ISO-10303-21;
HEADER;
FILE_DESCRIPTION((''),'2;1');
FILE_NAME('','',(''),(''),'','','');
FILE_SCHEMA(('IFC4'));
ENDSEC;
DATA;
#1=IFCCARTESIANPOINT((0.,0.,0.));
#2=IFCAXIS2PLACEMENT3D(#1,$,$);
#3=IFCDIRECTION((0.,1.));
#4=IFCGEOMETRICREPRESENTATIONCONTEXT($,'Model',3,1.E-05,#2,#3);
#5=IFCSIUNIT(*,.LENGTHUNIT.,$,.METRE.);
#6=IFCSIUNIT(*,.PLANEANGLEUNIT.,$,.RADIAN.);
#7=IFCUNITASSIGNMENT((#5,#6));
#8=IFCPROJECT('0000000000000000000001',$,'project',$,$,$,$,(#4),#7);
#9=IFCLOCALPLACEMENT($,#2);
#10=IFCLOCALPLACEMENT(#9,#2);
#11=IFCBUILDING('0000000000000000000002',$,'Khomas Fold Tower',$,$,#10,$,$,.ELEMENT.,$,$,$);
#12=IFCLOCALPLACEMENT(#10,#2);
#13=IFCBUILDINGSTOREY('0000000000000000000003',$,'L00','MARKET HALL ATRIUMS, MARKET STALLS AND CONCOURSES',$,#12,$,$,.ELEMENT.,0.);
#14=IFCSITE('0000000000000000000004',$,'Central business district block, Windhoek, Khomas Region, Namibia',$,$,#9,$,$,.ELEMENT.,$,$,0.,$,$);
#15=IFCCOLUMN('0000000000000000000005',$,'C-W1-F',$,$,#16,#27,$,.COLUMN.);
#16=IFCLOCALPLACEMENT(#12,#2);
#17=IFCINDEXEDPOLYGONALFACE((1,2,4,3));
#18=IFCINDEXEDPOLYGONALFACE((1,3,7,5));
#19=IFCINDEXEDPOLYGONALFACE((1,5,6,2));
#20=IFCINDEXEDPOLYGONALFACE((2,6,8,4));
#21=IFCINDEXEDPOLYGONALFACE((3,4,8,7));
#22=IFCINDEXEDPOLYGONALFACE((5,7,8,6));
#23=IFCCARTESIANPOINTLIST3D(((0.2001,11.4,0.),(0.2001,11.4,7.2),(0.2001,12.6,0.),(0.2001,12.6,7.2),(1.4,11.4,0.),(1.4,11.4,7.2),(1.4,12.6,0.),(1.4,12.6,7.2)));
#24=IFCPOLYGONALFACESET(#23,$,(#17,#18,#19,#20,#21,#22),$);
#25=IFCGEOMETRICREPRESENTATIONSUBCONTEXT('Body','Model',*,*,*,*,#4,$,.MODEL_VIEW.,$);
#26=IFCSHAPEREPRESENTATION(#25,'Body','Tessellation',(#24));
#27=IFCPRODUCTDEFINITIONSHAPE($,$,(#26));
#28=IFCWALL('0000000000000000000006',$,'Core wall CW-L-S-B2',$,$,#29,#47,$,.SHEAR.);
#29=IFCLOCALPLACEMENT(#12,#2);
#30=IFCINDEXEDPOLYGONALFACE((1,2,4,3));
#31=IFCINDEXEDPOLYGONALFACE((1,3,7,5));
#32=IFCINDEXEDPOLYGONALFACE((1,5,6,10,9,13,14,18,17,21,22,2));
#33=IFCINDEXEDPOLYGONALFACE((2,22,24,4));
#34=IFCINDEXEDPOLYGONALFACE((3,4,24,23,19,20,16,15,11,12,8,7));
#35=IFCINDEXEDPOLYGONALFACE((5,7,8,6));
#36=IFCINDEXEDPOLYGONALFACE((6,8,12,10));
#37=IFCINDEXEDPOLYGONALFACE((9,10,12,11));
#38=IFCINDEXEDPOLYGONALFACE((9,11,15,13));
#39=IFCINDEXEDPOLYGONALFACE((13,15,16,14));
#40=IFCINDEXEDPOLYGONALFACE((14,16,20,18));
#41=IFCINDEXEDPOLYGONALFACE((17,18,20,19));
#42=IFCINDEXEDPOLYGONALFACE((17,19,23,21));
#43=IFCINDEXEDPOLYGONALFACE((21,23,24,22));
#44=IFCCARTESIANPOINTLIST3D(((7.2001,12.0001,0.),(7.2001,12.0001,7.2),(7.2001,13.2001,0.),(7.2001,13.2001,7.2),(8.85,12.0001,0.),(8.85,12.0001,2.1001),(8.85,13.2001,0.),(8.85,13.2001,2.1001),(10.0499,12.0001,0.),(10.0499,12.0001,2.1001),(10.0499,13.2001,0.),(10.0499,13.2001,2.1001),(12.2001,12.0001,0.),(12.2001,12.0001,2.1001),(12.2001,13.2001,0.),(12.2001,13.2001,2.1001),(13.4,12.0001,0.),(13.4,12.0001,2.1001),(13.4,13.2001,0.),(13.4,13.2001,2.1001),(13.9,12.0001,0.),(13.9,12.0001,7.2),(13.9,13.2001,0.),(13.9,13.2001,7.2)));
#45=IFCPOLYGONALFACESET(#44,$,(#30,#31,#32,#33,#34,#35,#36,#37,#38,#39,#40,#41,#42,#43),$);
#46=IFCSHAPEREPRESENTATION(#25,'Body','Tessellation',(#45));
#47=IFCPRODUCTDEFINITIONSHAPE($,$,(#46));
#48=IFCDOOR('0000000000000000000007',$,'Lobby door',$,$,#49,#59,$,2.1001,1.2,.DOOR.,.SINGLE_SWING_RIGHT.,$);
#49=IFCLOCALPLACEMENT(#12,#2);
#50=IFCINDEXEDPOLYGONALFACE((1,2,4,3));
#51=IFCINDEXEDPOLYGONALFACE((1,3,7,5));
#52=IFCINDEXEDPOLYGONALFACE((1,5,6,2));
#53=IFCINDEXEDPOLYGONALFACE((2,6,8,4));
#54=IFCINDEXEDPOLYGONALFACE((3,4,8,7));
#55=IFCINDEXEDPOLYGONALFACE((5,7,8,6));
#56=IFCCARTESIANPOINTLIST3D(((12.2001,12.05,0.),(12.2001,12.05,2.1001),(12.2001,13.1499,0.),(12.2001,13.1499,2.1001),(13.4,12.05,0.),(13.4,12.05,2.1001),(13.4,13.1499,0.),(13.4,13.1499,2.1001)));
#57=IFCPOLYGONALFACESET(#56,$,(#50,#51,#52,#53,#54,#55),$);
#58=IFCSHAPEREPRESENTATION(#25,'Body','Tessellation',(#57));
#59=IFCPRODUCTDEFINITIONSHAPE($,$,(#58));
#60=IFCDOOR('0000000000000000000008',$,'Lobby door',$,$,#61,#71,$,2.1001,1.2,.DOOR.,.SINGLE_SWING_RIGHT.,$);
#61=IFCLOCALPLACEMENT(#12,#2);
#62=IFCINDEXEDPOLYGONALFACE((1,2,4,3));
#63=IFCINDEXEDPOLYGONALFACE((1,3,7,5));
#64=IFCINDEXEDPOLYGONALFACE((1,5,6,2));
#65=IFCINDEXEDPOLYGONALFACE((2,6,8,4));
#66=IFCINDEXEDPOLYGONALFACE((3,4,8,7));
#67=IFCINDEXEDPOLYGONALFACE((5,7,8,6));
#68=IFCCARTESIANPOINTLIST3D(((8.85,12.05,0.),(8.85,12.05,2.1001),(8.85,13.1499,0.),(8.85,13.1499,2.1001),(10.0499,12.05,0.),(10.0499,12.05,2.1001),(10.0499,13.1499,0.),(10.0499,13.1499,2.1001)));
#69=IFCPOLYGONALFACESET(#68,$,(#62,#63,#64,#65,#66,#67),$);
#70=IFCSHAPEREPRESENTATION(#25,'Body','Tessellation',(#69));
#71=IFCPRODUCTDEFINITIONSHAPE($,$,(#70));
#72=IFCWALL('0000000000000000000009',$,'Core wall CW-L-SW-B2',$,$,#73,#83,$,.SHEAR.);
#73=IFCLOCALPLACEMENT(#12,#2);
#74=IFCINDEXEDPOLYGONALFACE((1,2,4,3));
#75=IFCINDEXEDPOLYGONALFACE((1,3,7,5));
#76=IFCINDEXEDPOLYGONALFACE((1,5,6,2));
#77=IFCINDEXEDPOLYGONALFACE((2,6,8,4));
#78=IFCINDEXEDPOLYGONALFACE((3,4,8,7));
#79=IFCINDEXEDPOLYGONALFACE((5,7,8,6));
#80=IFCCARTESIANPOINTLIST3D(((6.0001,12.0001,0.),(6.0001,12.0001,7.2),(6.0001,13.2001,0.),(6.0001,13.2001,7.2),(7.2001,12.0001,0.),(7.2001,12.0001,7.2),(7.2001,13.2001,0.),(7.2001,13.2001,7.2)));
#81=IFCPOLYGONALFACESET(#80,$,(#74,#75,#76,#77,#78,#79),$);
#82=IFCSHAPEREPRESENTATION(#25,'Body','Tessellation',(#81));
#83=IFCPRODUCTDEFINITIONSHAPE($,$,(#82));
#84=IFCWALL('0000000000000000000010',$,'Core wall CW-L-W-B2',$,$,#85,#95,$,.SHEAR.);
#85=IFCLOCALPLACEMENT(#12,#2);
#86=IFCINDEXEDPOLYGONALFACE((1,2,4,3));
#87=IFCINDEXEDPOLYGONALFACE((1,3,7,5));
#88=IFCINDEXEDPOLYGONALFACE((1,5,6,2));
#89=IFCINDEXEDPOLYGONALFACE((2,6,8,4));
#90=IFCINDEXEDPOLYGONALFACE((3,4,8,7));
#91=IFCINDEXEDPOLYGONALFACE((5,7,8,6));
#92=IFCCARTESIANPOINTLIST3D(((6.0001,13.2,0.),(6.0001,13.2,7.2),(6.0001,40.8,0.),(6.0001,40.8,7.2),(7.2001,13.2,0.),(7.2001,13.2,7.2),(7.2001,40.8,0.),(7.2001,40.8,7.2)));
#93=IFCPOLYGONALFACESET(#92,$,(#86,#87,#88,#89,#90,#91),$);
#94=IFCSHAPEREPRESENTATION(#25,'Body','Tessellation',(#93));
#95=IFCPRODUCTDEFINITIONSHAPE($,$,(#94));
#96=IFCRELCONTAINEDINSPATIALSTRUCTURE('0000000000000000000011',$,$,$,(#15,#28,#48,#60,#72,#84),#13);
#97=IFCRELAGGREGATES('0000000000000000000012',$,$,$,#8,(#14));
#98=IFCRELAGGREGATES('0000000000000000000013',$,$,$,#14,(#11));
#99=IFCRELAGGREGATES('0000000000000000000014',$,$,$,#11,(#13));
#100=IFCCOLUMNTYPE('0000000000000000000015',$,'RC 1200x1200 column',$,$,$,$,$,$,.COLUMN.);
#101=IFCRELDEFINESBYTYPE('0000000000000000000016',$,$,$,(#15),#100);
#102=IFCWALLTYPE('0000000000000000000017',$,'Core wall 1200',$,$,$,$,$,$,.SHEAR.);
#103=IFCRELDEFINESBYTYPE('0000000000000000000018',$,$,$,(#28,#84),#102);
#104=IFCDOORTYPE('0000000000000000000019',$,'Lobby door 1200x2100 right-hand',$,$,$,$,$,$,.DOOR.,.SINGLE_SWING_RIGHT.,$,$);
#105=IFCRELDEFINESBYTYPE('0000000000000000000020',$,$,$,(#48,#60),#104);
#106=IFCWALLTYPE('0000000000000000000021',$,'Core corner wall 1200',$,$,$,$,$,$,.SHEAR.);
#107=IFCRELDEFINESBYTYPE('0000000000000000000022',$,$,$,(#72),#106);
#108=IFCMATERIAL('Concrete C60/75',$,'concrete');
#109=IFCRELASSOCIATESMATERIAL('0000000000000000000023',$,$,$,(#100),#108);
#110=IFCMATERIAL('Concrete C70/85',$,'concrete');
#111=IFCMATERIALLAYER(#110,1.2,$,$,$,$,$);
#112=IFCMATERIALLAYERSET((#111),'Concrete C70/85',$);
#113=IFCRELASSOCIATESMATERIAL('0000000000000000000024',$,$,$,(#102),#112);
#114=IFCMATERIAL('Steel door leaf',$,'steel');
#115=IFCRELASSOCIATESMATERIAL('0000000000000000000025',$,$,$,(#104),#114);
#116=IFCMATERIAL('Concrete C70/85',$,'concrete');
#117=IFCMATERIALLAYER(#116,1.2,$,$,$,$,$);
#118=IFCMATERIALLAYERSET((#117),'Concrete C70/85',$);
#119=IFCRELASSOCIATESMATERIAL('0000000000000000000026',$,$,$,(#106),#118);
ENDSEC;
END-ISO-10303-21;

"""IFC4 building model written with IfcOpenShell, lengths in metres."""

from ifc_helpers import new_model, si_unit, direction, frame, frame_2d, origin, origin_2d, place, context, subcontext, project, spatial, rectangle, extrude, source, transform, mapped, material, layer, layer_set, material_profile, profile_set, type_object, element, fill, save


model = new_model("IFC4")

# Units and contexts
model_context = context("Model", 3, precision=1e-05, world=origin(), true_north=direction((0.0, 1.0)))
body_context = subcontext(model_context, "Body", "Model", "MODEL_VIEW")
ifc_project = project(units=[si_unit("LENGTHUNIT", "METRE"), si_unit("PLANEANGLEUNIT", "RADIAN")], contexts=[model_context])

# Site, building, storey
site_placement = place(None, origin())
site = spatial("IfcSite", under=ifc_project, at=site_placement, Name="Central business district block, Windhoek, Khomas Region, Namibia", CompositionType="ELEMENT", RefElevation=0.0)
building_placement = place(site_placement, origin())
building = spatial("IfcBuilding", under=site, at=building_placement, Name="Khomas Fold Tower", CompositionType="ELEMENT")
storey_placement = place(building_placement, origin())
storey = spatial("IfcBuildingStorey", under=building, at=storey_placement, Name="L00", Description="MARKET HALL ATRIUMS, MARKET STALLS AND CONCOURSES", CompositionType="ELEMENT", Elevation=0.0)

# Column
ifc_material_1 = material(Name="Concrete C60/75", Category="concrete")
ifc_material_profile = material_profile(ifc_material_1, rectangle(XDim=1.2, YDim=1.2, at=origin_2d()), Name="RC 1200x1200")
ifc_profile_set = profile_set([ifc_material_profile], Name="Concrete C60/75")
column_type = type_object("IfcColumnType", Name="RC 1200x1200 column", PredefinedType="COLUMN", material=ifc_profile_set)
shared_shape_1 = source(origin(), body_context, "Body", "SweptSolid", [
    extrude(rectangle(XDim=1.2, YDim=1.2, at=origin_2d()), origin(), (0.0, 0.0, 1.0), 7.2),
])
column_placement = place(storey_placement, frame((0.8, 12.0, 0.0), z_axis=(0.0, 0.0, 1.0), x_axis=(1.0, 0.0, 0.0)))
element("IfcColumn", 1, at=column_placement, inside=storey, type_object=column_type, Name="C-W1-F", PredefinedType="COLUMN", context=body_context, shape_type="MappedRepresentation", body=[
    mapped(shared_shape_1, transform((0.0, 0.0, 0.0))),
])

# Wall, openings, doors
ifc_material_2 = material(Name="Concrete C70/85", Category="concrete")
ifc_layer_1 = layer(ifc_material_2, 1.2)
ifc_layer_set_1 = layer_set([ifc_layer_1], Name="Concrete C70/85")
wall_type_1 = type_object("IfcWallType", Name="Core wall 1200", PredefinedType="SHEAR", material=ifc_layer_set_1)
shared_shape_2 = source(origin(), body_context, "Body", "SweptSolid", [
    extrude(rectangle(XDim=6.7, YDim=1.2, at=frame_2d((3.3501, 0.0))), origin(), (0.0, 0.0, 1.0), 7.2),
])
wall_1_placement = place(storey_placement, frame((7.2, 12.6001, 0.0), z_axis=(0.0, 0.0, 1.0), x_axis=(1.0, 0.0, 0.0)))
wall_1 = element("IfcWall", 2, at=wall_1_placement, inside=storey, type_object=wall_type_1, Name="Core wall CW-L-S-B2", PredefinedType="SHEAR", context=body_context, shape_type="MappedRepresentation", body=[
    mapped(shared_shape_2, transform((0.0, 0.0, 0.0))),
])
shared_shape_3 = source(origin(), body_context, "Body", "SweptSolid", [
    extrude(rectangle(XDim=1.2, YDim=2.1001, at=frame_2d((0.6001, 1.05))), frame((0.0, 0.6099, 0.0), z_axis=(0.0, -1.0, 0.0), x_axis=(1.0, 0.0, 0.0)), (0.0, 0.0, 1.0), 1.22),
])
opening_1_placement = place(wall_1_placement, frame((5.0, 0.0, 0.0)))
opening_1 = element("IfcOpeningElement", 3, at=opening_1_placement, cuts=wall_1, PredefinedType="OPENING", context=body_context, shape_type="MappedRepresentation", body=[
    mapped(shared_shape_3, transform((0.0, 0.0, 0.0))),
])
opening_2_placement = place(wall_1_placement, frame((1.6499, 0.0, 0.0)))
opening_2 = element("IfcOpeningElement", 4, at=opening_2_placement, cuts=wall_1, PredefinedType="OPENING", context=body_context, shape_type="MappedRepresentation", body=[
    mapped(shared_shape_3, transform((0.0, 0.0, 0.0))),
])
ifc_material_3 = material(Name="Steel door leaf", Category="steel")
door_type_1 = type_object("IfcDoorType", Name="Lobby door 1200x2100 right-hand", OperationType="SINGLE_SWING_RIGHT", PredefinedType="DOOR", material=ifc_material_3)
shared_shape_4 = source(origin(), body_context, "Body", "SweptSolid", [
    extrude(rectangle(XDim=1.2, YDim=2.1001, at=frame_2d((0.6001, 1.05))), frame((0.0, 0.5498, 0.0), z_axis=(0.0, -1.0, 0.0), x_axis=(1.0, 0.0, 0.0)), (0.0, 0.0, 1.0), 1.0999),
])
door_1_placement = place(opening_1_placement, origin())
door_1 = element("IfcDoor", 5, at=door_1_placement, inside=storey, type_object=door_type_1, Name="Lobby door", OperationType="SINGLE_SWING_RIGHT", OverallHeight=2.1001, OverallWidth=1.2, PredefinedType="DOOR", context=body_context, shape_type="MappedRepresentation", body=[
    mapped(shared_shape_4, transform((0.0, 0.0, 0.0))),
])
fill(opening_1, door_1)
door_2_placement = place(opening_2_placement, origin())
door_2 = element("IfcDoor", 6, at=door_2_placement, inside=storey, type_object=door_type_1, Name="Lobby door", OperationType="SINGLE_SWING_RIGHT", OverallHeight=2.1001, OverallWidth=1.2, PredefinedType="DOOR", context=body_context, shape_type="MappedRepresentation", body=[
    mapped(shared_shape_4, transform((0.0, 0.0, 0.0))),
])
fill(opening_2, door_2)

# Walls
ifc_material_4 = material(Name="Concrete C70/85", Category="concrete")
ifc_layer_2 = layer(ifc_material_4, 1.2)
ifc_layer_set_2 = layer_set([ifc_layer_2], Name="Concrete C70/85")
wall_type_2 = type_object("IfcWallType", Name="Core corner wall 1200", PredefinedType="SHEAR", material=ifc_layer_set_2)
shared_shape_5 = source(origin(), body_context, "Body", "SweptSolid", [
    extrude(rectangle(XDim=1.2, YDim=1.2, at=frame_2d((0.6001, 0.0))), origin(), (0.0, 0.0, 1.0), 7.2),
])
wall_2_placement = place(storey_placement, frame((6.0, 12.6001, 0.0), z_axis=(0.0, 0.0, 1.0), x_axis=(1.0, 0.0, 0.0)))
element("IfcWall", 7, at=wall_2_placement, inside=storey, type_object=wall_type_2, Name="Core wall CW-L-SW-B2", PredefinedType="SHEAR", context=body_context, shape_type="MappedRepresentation", body=[
    mapped(shared_shape_5, transform((0.0, 0.0, 0.0))),
])
shared_shape_6 = source(origin(), body_context, "Body", "SweptSolid", [
    extrude(rectangle(XDim=27.6001, YDim=1.2, at=frame_2d((13.8, 0.0))), origin(), (0.0, 0.0, 1.0), 7.2),
])
wall_3_placement = place(storey_placement, frame((6.6001, 13.2, 0.0), z_axis=(0.0, 0.0, 1.0), x_axis=(0.0, 1.0, 0.0)))
element("IfcWall", 8, at=wall_3_placement, inside=storey, type_object=wall_type_1, Name="Core wall CW-L-W-B2", PredefinedType="SHEAR", context=body_context, shape_type="MappedRepresentation", body=[
    mapped(shared_shape_6, transform((0.0, 0.0, 0.0))),
])

save(model, "model.ifc")
